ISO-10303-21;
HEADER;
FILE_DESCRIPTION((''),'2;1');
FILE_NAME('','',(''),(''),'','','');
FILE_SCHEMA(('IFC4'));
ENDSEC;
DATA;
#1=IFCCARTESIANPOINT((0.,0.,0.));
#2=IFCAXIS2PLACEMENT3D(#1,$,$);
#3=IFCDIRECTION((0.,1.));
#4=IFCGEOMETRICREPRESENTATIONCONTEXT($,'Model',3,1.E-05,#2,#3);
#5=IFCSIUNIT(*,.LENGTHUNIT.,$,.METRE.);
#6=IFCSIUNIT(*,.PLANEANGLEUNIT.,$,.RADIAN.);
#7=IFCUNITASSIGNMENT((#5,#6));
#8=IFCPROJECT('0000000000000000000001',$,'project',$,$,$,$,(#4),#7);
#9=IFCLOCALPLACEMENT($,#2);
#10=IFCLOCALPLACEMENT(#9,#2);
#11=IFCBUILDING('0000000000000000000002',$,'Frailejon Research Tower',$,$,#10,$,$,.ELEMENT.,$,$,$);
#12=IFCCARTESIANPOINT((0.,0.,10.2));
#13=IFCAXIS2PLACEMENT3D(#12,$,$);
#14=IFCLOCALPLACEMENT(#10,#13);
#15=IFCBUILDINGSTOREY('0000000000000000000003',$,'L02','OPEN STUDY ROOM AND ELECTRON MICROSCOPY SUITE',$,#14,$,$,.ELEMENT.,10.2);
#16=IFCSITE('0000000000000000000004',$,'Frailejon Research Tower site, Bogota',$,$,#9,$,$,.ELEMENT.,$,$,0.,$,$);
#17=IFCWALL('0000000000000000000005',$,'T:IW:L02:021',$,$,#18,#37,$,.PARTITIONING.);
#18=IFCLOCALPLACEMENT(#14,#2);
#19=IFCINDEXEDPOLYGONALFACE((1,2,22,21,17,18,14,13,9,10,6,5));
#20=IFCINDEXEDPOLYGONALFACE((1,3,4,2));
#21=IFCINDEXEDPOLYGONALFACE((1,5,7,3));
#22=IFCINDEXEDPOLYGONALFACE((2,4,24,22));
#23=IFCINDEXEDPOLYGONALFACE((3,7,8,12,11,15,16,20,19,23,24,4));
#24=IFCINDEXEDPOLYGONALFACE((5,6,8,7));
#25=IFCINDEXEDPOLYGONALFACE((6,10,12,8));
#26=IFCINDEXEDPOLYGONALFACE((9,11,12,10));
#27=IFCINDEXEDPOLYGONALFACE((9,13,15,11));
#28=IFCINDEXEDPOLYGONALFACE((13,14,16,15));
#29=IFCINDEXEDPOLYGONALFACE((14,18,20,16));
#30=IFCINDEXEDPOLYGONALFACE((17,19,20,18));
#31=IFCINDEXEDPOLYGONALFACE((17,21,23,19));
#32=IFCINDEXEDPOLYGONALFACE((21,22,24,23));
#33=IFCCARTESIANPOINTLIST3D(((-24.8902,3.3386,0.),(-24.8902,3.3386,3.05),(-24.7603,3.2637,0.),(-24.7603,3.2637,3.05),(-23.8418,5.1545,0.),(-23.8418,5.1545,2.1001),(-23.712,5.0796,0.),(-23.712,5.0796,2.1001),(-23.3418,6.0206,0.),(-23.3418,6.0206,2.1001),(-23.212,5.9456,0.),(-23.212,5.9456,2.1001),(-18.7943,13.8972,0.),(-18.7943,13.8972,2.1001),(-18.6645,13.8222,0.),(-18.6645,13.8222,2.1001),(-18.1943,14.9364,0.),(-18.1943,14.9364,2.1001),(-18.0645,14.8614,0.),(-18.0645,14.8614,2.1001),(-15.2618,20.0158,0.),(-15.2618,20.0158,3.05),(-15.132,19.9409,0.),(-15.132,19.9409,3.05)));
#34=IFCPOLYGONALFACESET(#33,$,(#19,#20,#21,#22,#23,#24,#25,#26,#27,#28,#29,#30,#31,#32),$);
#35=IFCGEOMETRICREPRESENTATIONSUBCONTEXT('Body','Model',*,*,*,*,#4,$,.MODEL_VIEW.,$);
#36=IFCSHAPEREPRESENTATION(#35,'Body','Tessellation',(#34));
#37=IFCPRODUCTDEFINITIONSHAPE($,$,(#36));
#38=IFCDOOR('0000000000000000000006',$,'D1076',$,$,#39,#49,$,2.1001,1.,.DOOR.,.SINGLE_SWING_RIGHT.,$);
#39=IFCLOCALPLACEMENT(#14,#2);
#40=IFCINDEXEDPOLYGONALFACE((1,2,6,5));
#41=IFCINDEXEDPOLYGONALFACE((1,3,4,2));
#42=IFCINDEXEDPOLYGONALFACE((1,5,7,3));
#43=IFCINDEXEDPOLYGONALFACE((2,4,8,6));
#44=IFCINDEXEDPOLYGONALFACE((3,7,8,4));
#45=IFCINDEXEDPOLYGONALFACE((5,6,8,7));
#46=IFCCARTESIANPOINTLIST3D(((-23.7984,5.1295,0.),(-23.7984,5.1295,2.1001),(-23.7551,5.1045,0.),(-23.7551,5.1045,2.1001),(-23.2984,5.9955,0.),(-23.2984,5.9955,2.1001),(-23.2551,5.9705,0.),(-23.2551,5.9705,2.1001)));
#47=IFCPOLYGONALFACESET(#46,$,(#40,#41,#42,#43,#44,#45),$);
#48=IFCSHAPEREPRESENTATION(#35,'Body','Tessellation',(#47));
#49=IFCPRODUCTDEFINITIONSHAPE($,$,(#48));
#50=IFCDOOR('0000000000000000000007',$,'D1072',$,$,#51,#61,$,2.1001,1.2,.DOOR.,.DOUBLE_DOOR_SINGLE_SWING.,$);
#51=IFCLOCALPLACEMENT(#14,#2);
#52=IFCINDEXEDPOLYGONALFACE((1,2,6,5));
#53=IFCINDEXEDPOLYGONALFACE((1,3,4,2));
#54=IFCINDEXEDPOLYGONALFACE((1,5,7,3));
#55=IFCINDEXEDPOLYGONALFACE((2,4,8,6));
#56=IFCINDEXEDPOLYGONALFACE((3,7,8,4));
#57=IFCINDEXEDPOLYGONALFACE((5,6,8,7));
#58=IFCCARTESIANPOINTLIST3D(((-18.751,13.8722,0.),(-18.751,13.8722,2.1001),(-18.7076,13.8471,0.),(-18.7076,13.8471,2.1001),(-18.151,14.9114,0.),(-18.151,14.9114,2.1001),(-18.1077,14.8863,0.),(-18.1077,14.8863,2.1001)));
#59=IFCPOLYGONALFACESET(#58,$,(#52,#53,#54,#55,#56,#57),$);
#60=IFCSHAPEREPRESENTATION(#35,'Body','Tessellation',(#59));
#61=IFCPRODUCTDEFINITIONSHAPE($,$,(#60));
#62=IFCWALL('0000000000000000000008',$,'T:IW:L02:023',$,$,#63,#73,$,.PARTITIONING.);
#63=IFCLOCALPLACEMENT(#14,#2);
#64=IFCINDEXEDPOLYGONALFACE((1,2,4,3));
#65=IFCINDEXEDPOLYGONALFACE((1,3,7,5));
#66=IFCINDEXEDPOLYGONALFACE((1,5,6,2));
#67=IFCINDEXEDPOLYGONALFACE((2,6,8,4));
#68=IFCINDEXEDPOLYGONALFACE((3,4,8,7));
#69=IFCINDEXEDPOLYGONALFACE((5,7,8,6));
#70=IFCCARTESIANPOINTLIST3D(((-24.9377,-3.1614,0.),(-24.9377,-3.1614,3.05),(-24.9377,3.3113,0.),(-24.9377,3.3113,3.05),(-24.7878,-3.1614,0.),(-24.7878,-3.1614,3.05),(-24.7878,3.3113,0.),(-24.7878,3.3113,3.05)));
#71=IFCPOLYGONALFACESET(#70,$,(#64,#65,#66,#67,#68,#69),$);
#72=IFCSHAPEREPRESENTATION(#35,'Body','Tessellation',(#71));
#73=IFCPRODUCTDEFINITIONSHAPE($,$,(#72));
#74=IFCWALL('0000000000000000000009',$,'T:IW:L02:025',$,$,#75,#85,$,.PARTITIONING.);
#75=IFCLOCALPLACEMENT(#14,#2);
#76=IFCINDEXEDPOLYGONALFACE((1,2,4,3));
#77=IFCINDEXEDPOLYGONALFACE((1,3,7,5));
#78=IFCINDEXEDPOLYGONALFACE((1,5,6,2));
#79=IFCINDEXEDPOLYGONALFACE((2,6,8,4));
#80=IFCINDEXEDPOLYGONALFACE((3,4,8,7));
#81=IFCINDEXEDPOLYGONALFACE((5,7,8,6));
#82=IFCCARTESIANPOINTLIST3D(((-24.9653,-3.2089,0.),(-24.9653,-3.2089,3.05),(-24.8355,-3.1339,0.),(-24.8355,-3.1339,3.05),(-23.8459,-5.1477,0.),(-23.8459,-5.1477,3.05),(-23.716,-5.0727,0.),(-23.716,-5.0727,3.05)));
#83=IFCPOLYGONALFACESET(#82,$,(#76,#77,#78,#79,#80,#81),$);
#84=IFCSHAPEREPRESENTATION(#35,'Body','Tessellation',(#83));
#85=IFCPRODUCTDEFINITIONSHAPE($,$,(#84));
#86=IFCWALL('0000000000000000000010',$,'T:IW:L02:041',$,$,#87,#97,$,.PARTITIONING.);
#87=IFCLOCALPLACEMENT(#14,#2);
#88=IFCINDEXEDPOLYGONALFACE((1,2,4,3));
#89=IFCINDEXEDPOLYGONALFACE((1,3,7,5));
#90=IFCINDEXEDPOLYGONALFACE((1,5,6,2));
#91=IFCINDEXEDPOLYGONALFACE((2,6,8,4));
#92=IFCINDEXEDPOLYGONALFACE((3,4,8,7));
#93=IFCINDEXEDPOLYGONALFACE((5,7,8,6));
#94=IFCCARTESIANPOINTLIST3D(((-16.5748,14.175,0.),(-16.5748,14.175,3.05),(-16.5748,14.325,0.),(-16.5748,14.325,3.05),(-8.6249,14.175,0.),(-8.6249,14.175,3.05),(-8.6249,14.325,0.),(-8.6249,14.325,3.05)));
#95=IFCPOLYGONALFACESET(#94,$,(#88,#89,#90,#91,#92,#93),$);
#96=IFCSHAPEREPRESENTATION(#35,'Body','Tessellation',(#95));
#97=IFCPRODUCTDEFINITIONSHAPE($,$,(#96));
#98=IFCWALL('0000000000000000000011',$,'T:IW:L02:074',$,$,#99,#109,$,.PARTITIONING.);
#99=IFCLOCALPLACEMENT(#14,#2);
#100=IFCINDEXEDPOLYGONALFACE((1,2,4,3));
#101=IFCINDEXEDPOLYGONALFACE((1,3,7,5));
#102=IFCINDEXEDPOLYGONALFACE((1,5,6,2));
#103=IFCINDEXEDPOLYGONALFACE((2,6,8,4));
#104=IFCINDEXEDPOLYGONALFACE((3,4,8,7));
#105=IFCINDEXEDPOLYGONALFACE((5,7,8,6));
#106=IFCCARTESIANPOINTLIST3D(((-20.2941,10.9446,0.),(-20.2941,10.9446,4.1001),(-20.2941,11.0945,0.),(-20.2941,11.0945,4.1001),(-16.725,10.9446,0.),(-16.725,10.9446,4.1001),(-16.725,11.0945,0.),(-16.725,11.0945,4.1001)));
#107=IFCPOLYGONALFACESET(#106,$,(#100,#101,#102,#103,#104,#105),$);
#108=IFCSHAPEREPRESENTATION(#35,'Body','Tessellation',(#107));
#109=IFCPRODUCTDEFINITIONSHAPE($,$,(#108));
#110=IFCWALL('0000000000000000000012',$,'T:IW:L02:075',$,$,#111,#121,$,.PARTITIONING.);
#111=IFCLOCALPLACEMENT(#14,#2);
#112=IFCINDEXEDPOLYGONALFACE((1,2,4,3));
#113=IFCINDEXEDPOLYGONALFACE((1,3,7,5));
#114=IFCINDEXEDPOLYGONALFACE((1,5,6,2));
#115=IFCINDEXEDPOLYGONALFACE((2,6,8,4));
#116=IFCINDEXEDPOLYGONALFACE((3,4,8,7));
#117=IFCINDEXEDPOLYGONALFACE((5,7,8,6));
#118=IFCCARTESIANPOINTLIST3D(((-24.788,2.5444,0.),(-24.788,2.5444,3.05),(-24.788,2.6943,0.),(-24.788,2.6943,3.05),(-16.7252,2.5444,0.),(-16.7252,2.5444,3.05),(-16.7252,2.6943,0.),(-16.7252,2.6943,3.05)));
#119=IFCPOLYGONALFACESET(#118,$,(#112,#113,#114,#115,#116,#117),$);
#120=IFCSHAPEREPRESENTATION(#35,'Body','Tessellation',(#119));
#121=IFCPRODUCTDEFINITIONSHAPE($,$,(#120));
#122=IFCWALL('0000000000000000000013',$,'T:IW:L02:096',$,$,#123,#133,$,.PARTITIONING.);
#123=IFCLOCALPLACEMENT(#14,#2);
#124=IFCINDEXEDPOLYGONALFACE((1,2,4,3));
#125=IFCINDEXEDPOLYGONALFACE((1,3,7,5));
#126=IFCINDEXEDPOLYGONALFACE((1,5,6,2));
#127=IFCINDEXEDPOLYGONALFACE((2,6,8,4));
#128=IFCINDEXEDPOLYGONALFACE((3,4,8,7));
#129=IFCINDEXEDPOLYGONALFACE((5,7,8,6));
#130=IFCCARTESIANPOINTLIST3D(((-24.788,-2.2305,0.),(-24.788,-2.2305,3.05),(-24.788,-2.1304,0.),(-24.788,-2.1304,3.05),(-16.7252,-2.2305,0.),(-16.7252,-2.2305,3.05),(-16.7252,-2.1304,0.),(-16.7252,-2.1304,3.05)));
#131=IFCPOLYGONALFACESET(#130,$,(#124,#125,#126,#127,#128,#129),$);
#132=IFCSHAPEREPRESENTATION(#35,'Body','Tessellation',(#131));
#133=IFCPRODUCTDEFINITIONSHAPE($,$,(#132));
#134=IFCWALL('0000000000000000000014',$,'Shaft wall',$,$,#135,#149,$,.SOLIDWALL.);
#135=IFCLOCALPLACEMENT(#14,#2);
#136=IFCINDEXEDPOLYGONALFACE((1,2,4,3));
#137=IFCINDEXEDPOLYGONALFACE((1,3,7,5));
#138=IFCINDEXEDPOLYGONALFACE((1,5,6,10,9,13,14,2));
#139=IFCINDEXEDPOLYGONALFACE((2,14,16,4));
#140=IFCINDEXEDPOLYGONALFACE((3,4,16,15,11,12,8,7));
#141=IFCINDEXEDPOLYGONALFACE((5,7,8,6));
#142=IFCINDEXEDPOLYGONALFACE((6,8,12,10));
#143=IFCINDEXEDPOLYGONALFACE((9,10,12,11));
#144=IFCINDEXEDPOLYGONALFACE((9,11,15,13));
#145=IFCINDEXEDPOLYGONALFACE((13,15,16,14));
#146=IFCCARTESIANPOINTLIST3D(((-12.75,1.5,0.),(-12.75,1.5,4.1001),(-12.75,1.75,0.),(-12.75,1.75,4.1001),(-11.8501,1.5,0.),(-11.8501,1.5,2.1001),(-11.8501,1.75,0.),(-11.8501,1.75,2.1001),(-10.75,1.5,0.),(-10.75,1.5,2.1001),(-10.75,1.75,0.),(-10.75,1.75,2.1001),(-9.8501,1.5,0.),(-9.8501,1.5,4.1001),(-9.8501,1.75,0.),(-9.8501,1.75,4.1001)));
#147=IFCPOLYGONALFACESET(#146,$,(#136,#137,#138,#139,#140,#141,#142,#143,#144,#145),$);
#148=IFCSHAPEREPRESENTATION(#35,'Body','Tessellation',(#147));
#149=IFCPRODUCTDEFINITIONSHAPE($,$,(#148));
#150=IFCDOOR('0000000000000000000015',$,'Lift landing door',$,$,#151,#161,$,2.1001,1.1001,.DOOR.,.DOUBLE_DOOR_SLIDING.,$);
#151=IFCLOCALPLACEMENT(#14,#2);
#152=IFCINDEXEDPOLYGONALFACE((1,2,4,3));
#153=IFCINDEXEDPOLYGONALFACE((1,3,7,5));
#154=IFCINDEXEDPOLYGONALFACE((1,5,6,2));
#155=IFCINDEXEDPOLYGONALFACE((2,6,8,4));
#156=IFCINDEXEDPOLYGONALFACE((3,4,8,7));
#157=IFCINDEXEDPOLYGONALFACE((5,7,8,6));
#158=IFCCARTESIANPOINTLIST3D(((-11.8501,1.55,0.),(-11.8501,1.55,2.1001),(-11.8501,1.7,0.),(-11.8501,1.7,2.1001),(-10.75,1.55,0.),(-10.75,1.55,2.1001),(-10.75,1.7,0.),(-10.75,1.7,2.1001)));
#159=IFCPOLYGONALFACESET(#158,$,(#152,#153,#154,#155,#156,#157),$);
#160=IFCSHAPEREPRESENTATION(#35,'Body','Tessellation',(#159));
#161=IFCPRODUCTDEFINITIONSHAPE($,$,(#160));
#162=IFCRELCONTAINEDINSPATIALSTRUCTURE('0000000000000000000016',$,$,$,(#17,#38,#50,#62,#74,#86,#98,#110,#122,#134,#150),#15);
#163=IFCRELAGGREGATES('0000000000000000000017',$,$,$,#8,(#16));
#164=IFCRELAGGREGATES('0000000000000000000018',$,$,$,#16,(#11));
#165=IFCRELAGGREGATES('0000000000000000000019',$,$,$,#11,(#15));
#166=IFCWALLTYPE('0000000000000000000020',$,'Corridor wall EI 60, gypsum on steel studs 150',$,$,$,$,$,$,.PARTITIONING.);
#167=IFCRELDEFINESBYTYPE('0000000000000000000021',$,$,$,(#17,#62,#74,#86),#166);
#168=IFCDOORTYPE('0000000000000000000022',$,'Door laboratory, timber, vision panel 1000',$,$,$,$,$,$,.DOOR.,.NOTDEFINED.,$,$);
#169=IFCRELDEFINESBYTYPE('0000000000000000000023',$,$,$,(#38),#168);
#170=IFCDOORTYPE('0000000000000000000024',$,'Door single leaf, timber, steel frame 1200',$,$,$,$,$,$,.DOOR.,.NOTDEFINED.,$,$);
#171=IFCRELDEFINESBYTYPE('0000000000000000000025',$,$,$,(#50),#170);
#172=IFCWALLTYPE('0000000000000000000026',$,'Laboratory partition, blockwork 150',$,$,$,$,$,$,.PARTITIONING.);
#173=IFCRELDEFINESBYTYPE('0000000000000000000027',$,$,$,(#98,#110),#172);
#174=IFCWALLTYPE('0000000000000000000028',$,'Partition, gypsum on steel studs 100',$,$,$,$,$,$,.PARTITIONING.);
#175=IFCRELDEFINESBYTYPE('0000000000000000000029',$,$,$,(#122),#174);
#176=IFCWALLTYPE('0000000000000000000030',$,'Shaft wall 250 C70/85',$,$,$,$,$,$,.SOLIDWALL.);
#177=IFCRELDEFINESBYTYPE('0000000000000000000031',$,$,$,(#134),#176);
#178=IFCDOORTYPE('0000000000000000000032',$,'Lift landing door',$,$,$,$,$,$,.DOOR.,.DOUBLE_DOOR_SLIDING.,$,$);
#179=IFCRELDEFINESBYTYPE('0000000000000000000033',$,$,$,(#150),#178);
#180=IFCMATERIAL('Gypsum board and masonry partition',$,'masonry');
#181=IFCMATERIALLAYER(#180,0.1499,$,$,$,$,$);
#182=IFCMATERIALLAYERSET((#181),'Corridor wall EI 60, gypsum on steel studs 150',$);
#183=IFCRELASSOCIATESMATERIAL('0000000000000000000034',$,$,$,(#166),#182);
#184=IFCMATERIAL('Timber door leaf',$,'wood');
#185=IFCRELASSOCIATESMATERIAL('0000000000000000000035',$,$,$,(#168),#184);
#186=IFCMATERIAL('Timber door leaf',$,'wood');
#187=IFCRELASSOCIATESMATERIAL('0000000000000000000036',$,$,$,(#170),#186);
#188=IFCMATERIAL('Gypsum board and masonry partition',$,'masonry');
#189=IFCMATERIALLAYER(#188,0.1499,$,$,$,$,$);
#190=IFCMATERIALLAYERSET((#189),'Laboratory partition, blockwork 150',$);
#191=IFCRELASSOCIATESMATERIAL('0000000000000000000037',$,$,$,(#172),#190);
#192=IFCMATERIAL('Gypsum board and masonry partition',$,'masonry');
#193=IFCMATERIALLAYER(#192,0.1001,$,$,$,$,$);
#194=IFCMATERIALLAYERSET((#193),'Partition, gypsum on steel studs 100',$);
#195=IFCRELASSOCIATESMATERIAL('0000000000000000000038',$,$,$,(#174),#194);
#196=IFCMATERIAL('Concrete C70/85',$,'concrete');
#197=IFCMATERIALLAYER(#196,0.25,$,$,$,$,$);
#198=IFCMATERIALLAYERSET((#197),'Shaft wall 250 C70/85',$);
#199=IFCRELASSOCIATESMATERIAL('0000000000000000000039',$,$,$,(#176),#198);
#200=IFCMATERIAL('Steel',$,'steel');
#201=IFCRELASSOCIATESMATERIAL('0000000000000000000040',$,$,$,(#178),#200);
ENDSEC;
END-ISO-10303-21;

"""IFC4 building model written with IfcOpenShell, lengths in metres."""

from ifc_helpers import new_model, si_unit, direction, frame, frame_2d, origin, place, context, subcontext, project, spatial, rectangle, extrude, material, layer, layer_set, type_object, element, fill, save


model = new_model("IFC4")

# Units and contexts
model_context = context("Model", 3, precision=1e-05, world=origin(), true_north=direction((0.0, 1.0)))
body_context = subcontext(model_context, "Body", "Model", "MODEL_VIEW")
ifc_project = project(units=[si_unit("LENGTHUNIT", "METRE"), si_unit("PLANEANGLEUNIT", "RADIAN")], contexts=[model_context])

# Site, building, storey
site_placement = place(None, origin())
site = spatial("IfcSite", under=ifc_project, at=site_placement, Name="Frailejon Research Tower site, Bogota", CompositionType="ELEMENT", RefElevation=0.0)
building_placement = place(site_placement, origin())
building = spatial("IfcBuilding", under=site, at=building_placement, Name="Frailejon Research Tower", CompositionType="ELEMENT")
storey_placement = place(building_placement, frame((0.0, 0.0, 10.2)))
storey = spatial("IfcBuildingStorey", under=building, at=storey_placement, Name="L02", Description="OPEN STUDY ROOM AND ELECTRON MICROSCOPY SUITE", CompositionType="ELEMENT", Elevation=10.2)

# Wall, openings, doors
ifc_material_1 = material(Name="Gypsum board and masonry partition", Category="masonry")
ifc_layer_1 = layer(ifc_material_1, 0.1499)
ifc_layer_set_1 = layer_set([ifc_layer_1], Name="Corridor wall EI 60, gypsum on steel studs 150")
wall_type_1 = type_object("IfcWallType", Name="Corridor wall EI 60, gypsum on steel studs 150", PredefinedType="PARTITIONING", material=ifc_layer_set_1)
wall_1_placement = place(storey_placement, frame((-24.8252, 3.3013, 0.0), z_axis=(0.0, 0.0, 1.0), x_axis=(0.499992, 0.86603, 0.0)))
wall_1 = element("IfcWall", 1, at=wall_1_placement, inside=storey, type_object=wall_type_1, Name="T:IW:L02:021", PredefinedType="PARTITIONING", context=body_context, shape_type="SweptSolid", body=[
    extrude(rectangle(XDim=19.2571, YDim=0.1499, at=frame_2d((9.6284, 0.0))), origin(), (0.0, 0.0, 1.0), 3.05),
])
opening_1_placement = place(wall_1_placement, frame((12.1917, 0.0, 0.0)))
opening_1 = element("IfcOpeningElement", 2, at=opening_1_placement, cuts=wall_1, PredefinedType="OPENING", context=body_context, shape_type="SweptSolid", body=[
    extrude(rectangle(XDim=1.2, YDim=2.1001, at=frame_2d((0.6001, 1.05))), frame((0.0, 0.085, 0.0), z_axis=(0.0, -1.0, 0.0), x_axis=(1.0, 0.0, 0.0)), (0.0, 0.0, 1.0), 0.1699),
])
opening_2_placement = place(wall_1_placement, frame((2.0967, 0.0, 0.0)))
opening_2 = element("IfcOpeningElement", 3, at=opening_2_placement, cuts=wall_1, PredefinedType="OPENING", context=body_context, shape_type="SweptSolid", body=[
    extrude(rectangle(XDim=1.0, YDim=2.1001, at=frame_2d((0.5, 1.05))), frame((0.0, 0.085, 0.0), z_axis=(0.0, -1.0, 0.0), x_axis=(1.0, 0.0, 0.0)), (0.0, 0.0, 1.0), 0.1699),
])
ifc_material_2 = material(Name="Timber door leaf", Category="wood")
door_type_1 = type_object("IfcDoorType", Name="Door laboratory, timber, vision panel 1000", OperationType="NOTDEFINED", PredefinedType="DOOR", material=ifc_material_2)
door_1_placement = place(opening_2_placement, origin())
door_1 = element("IfcDoor", 4, at=door_1_placement, inside=storey, type_object=door_type_1, Name="D1076", OperationType="SINGLE_SWING_RIGHT", OverallHeight=2.1001, OverallWidth=1.0, PredefinedType="DOOR", context=body_context, shape_type="SweptSolid", body=[
    extrude(rectangle(XDim=1.0, YDim=2.1001, at=frame_2d((0.5, 1.05))), frame((0.0, 0.0249, 0.0), z_axis=(0.0, -1.0, 0.0), x_axis=(1.0, 0.0, 0.0)), (0.0, 0.0, 1.0), 0.05),
])
fill(opening_2, door_1)
ifc_material_3 = material(Name="Timber door leaf", Category="wood")
door_type_2 = type_object("IfcDoorType", Name="Door single leaf, timber, steel frame 1200", OperationType="NOTDEFINED", PredefinedType="DOOR", material=ifc_material_3)
door_2_placement = place(opening_1_placement, origin())
door_2 = element("IfcDoor", 5, at=door_2_placement, inside=storey, type_object=door_type_2, Name="D1072", OperationType="DOUBLE_DOOR_SINGLE_SWING", OverallHeight=2.1001, OverallWidth=1.2, PredefinedType="DOOR", context=body_context, shape_type="SweptSolid", body=[
    extrude(rectangle(XDim=1.2, YDim=2.1001, at=frame_2d((0.6001, 1.05))), frame((0.0, 0.0249, 0.0), z_axis=(0.0, -1.0, 0.0), x_axis=(1.0, 0.0, 0.0)), (0.0, 0.0, 1.0), 0.05),
])
fill(opening_1, door_2)

# Walls
wall_2_placement = place(storey_placement, frame((-24.8628, -3.1614, 0.0), z_axis=(0.0, 0.0, 1.0), x_axis=(0.0, 1.0, 0.0)))
element("IfcWall", 6, at=wall_2_placement, inside=storey, type_object=wall_type_1, Name="T:IW:L02:023", PredefinedType="PARTITIONING", context=body_context, shape_type="SweptSolid", body=[
    extrude(rectangle(XDim=6.4727, YDim=0.1499, at=frame_2d((3.2363, 0.0))), origin(), (0.0, 0.0, 1.0), 3.05),
])
wall_3_placement = place(storey_placement, frame((-24.9004, -3.1714, 0.0), z_axis=(0.0, 0.0, 1.0), x_axis=(0.500021, -0.866013, 0.0)))
element("IfcWall", 7, at=wall_3_placement, inside=storey, type_object=wall_type_1, Name="T:IW:L02:025", PredefinedType="PARTITIONING", context=body_context, shape_type="SweptSolid", body=[
    extrude(rectangle(XDim=2.2388, YDim=0.1499, at=frame_2d((1.1194, 0.0))), origin(), (0.0, 0.0, 1.0), 3.05),
])
wall_4_placement = place(storey_placement, frame((-16.575, 14.25, 0.0), z_axis=(0.0, 0.0, 1.0), x_axis=(1.0, 0.0, 0.0)))
element("IfcWall", 8, at=wall_4_placement, inside=storey, type_object=wall_type_1, Name="T:IW:L02:041", PredefinedType="PARTITIONING", context=body_context, shape_type="SweptSolid", body=[
    extrude(rectangle(XDim=7.95, YDim=0.1499, at=frame_2d((3.9751, 0.0))), origin(), (0.0, 0.0, 1.0), 3.05),
])
ifc_material_4 = material(Name="Gypsum board and masonry partition", Category="masonry")
ifc_layer_2 = layer(ifc_material_4, 0.1499)
ifc_layer_set_2 = layer_set([ifc_layer_2], Name="Laboratory partition, blockwork 150")
wall_type_2 = type_object("IfcWallType", Name="Laboratory partition, blockwork 150", PredefinedType="PARTITIONING", material=ifc_layer_set_2)
wall_5_placement = place(storey_placement, frame((-20.2942, 11.0195, 0.0), z_axis=(0.0, 0.0, 1.0), x_axis=(1.0, 0.0, 0.0)))
element("IfcWall", 9, at=wall_5_placement, inside=storey, type_object=wall_type_2, Name="T:IW:L02:074", PredefinedType="PARTITIONING", context=body_context, shape_type="SweptSolid", body=[
    extrude(rectangle(XDim=3.5691, YDim=0.1499, at=frame_2d((1.7847, 0.0))), origin(), (0.0, 0.0, 1.0), 4.1001),
])
wall_6_placement = place(storey_placement, frame((-24.7878, 2.6194, 0.0), z_axis=(0.0, 0.0, 1.0), x_axis=(1.0, 0.0, 0.0)))
element("IfcWall", 10, at=wall_6_placement, inside=storey, type_object=wall_type_2, Name="T:IW:L02:075", PredefinedType="PARTITIONING", context=body_context, shape_type="SweptSolid", body=[
    extrude(rectangle(XDim=8.0627, YDim=0.1499, at=frame_2d((4.0312, 0.0))), origin(), (0.0, 0.0, 1.0), 3.05),
])
ifc_material_5 = material(Name="Gypsum board and masonry partition", Category="masonry")
ifc_layer_3 = layer(ifc_material_5, 0.1001)
ifc_layer_set_3 = layer_set([ifc_layer_3], Name="Partition, gypsum on steel studs 100")
wall_type_3 = type_object("IfcWallType", Name="Partition, gypsum on steel studs 100", PredefinedType="PARTITIONING", material=ifc_layer_set_3)
wall_7_placement = place(storey_placement, frame((-24.7878, -2.1804, 0.0), z_axis=(0.0, 0.0, 1.0), x_axis=(1.0, 0.0, 0.0)))
element("IfcWall", 11, at=wall_7_placement, inside=storey, type_object=wall_type_3, Name="T:IW:L02:096", PredefinedType="PARTITIONING", context=body_context, shape_type="SweptSolid", body=[
    extrude(rectangle(XDim=8.0627, YDim=0.1001, at=frame_2d((4.0312, 0.0))), origin(), (0.0, 0.0, 1.0), 3.05),
])

# Wall, opening, door
ifc_material_6 = material(Name="Concrete C70/85", Category="concrete")
ifc_layer_4 = layer(ifc_material_6, 0.25)
ifc_layer_set_4 = layer_set([ifc_layer_4], Name="Shaft wall 250 C70/85")
wall_type_4 = type_object("IfcWallType", Name="Shaft wall 250 C70/85", PredefinedType="SOLIDWALL", material=ifc_layer_set_4)
wall_8_placement = place(storey_placement, frame((-12.75, 1.625, 0.0), z_axis=(0.0, 0.0, 1.0), x_axis=(1.0, 0.0, 0.0)))
wall_8 = element("IfcWall", 12, at=wall_8_placement, inside=storey, type_object=wall_type_4, Name="Shaft wall", PredefinedType="SOLIDWALL", context=body_context, shape_type="SweptSolid", body=[
    extrude(rectangle(XDim=2.8999, YDim=0.25, at=frame_2d((1.45, 0.0))), origin(), (0.0, 0.0, 1.0), 4.1001),
])
opening_3_placement = place(wall_8_placement, frame((0.8999, 0.0, 0.0)))
opening_3 = element("IfcOpeningElement", 13, at=opening_3_placement, cuts=wall_8, PredefinedType="OPENING", context=body_context, shape_type="SweptSolid", body=[
    extrude(rectangle(XDim=1.1001, YDim=2.1001, at=frame_2d((0.55, 1.05))), frame((0.0, 0.135, 0.0), z_axis=(0.0, -1.0, 0.0), x_axis=(1.0, 0.0, 0.0)), (0.0, 0.0, 1.0), 0.27),
])
ifc_material_7 = material(Name="Steel", Category="steel")
door_type_3 = type_object("IfcDoorType", Name="Lift landing door", OperationType="DOUBLE_DOOR_SLIDING", PredefinedType="DOOR", material=ifc_material_7)
door_3_placement = place(opening_3_placement, origin())
door_3 = element("IfcDoor", 14, at=door_3_placement, inside=storey, type_object=door_type_3, Name="Lift landing door", OperationType="DOUBLE_DOOR_SLIDING", OverallHeight=2.1001, OverallWidth=1.1001, PredefinedType="DOOR", context=body_context, shape_type="SweptSolid", body=[
    extrude(rectangle(XDim=1.1001, YDim=2.1001, at=frame_2d((0.55, 1.05))), frame((0.0, 0.075, 0.0), z_axis=(0.0, -1.0, 0.0), x_axis=(1.0, 0.0, 0.0)), (0.0, 0.0, 1.0), 0.1499),
])
fill(opening_3, door_3)

save(model, "model.ifc")
